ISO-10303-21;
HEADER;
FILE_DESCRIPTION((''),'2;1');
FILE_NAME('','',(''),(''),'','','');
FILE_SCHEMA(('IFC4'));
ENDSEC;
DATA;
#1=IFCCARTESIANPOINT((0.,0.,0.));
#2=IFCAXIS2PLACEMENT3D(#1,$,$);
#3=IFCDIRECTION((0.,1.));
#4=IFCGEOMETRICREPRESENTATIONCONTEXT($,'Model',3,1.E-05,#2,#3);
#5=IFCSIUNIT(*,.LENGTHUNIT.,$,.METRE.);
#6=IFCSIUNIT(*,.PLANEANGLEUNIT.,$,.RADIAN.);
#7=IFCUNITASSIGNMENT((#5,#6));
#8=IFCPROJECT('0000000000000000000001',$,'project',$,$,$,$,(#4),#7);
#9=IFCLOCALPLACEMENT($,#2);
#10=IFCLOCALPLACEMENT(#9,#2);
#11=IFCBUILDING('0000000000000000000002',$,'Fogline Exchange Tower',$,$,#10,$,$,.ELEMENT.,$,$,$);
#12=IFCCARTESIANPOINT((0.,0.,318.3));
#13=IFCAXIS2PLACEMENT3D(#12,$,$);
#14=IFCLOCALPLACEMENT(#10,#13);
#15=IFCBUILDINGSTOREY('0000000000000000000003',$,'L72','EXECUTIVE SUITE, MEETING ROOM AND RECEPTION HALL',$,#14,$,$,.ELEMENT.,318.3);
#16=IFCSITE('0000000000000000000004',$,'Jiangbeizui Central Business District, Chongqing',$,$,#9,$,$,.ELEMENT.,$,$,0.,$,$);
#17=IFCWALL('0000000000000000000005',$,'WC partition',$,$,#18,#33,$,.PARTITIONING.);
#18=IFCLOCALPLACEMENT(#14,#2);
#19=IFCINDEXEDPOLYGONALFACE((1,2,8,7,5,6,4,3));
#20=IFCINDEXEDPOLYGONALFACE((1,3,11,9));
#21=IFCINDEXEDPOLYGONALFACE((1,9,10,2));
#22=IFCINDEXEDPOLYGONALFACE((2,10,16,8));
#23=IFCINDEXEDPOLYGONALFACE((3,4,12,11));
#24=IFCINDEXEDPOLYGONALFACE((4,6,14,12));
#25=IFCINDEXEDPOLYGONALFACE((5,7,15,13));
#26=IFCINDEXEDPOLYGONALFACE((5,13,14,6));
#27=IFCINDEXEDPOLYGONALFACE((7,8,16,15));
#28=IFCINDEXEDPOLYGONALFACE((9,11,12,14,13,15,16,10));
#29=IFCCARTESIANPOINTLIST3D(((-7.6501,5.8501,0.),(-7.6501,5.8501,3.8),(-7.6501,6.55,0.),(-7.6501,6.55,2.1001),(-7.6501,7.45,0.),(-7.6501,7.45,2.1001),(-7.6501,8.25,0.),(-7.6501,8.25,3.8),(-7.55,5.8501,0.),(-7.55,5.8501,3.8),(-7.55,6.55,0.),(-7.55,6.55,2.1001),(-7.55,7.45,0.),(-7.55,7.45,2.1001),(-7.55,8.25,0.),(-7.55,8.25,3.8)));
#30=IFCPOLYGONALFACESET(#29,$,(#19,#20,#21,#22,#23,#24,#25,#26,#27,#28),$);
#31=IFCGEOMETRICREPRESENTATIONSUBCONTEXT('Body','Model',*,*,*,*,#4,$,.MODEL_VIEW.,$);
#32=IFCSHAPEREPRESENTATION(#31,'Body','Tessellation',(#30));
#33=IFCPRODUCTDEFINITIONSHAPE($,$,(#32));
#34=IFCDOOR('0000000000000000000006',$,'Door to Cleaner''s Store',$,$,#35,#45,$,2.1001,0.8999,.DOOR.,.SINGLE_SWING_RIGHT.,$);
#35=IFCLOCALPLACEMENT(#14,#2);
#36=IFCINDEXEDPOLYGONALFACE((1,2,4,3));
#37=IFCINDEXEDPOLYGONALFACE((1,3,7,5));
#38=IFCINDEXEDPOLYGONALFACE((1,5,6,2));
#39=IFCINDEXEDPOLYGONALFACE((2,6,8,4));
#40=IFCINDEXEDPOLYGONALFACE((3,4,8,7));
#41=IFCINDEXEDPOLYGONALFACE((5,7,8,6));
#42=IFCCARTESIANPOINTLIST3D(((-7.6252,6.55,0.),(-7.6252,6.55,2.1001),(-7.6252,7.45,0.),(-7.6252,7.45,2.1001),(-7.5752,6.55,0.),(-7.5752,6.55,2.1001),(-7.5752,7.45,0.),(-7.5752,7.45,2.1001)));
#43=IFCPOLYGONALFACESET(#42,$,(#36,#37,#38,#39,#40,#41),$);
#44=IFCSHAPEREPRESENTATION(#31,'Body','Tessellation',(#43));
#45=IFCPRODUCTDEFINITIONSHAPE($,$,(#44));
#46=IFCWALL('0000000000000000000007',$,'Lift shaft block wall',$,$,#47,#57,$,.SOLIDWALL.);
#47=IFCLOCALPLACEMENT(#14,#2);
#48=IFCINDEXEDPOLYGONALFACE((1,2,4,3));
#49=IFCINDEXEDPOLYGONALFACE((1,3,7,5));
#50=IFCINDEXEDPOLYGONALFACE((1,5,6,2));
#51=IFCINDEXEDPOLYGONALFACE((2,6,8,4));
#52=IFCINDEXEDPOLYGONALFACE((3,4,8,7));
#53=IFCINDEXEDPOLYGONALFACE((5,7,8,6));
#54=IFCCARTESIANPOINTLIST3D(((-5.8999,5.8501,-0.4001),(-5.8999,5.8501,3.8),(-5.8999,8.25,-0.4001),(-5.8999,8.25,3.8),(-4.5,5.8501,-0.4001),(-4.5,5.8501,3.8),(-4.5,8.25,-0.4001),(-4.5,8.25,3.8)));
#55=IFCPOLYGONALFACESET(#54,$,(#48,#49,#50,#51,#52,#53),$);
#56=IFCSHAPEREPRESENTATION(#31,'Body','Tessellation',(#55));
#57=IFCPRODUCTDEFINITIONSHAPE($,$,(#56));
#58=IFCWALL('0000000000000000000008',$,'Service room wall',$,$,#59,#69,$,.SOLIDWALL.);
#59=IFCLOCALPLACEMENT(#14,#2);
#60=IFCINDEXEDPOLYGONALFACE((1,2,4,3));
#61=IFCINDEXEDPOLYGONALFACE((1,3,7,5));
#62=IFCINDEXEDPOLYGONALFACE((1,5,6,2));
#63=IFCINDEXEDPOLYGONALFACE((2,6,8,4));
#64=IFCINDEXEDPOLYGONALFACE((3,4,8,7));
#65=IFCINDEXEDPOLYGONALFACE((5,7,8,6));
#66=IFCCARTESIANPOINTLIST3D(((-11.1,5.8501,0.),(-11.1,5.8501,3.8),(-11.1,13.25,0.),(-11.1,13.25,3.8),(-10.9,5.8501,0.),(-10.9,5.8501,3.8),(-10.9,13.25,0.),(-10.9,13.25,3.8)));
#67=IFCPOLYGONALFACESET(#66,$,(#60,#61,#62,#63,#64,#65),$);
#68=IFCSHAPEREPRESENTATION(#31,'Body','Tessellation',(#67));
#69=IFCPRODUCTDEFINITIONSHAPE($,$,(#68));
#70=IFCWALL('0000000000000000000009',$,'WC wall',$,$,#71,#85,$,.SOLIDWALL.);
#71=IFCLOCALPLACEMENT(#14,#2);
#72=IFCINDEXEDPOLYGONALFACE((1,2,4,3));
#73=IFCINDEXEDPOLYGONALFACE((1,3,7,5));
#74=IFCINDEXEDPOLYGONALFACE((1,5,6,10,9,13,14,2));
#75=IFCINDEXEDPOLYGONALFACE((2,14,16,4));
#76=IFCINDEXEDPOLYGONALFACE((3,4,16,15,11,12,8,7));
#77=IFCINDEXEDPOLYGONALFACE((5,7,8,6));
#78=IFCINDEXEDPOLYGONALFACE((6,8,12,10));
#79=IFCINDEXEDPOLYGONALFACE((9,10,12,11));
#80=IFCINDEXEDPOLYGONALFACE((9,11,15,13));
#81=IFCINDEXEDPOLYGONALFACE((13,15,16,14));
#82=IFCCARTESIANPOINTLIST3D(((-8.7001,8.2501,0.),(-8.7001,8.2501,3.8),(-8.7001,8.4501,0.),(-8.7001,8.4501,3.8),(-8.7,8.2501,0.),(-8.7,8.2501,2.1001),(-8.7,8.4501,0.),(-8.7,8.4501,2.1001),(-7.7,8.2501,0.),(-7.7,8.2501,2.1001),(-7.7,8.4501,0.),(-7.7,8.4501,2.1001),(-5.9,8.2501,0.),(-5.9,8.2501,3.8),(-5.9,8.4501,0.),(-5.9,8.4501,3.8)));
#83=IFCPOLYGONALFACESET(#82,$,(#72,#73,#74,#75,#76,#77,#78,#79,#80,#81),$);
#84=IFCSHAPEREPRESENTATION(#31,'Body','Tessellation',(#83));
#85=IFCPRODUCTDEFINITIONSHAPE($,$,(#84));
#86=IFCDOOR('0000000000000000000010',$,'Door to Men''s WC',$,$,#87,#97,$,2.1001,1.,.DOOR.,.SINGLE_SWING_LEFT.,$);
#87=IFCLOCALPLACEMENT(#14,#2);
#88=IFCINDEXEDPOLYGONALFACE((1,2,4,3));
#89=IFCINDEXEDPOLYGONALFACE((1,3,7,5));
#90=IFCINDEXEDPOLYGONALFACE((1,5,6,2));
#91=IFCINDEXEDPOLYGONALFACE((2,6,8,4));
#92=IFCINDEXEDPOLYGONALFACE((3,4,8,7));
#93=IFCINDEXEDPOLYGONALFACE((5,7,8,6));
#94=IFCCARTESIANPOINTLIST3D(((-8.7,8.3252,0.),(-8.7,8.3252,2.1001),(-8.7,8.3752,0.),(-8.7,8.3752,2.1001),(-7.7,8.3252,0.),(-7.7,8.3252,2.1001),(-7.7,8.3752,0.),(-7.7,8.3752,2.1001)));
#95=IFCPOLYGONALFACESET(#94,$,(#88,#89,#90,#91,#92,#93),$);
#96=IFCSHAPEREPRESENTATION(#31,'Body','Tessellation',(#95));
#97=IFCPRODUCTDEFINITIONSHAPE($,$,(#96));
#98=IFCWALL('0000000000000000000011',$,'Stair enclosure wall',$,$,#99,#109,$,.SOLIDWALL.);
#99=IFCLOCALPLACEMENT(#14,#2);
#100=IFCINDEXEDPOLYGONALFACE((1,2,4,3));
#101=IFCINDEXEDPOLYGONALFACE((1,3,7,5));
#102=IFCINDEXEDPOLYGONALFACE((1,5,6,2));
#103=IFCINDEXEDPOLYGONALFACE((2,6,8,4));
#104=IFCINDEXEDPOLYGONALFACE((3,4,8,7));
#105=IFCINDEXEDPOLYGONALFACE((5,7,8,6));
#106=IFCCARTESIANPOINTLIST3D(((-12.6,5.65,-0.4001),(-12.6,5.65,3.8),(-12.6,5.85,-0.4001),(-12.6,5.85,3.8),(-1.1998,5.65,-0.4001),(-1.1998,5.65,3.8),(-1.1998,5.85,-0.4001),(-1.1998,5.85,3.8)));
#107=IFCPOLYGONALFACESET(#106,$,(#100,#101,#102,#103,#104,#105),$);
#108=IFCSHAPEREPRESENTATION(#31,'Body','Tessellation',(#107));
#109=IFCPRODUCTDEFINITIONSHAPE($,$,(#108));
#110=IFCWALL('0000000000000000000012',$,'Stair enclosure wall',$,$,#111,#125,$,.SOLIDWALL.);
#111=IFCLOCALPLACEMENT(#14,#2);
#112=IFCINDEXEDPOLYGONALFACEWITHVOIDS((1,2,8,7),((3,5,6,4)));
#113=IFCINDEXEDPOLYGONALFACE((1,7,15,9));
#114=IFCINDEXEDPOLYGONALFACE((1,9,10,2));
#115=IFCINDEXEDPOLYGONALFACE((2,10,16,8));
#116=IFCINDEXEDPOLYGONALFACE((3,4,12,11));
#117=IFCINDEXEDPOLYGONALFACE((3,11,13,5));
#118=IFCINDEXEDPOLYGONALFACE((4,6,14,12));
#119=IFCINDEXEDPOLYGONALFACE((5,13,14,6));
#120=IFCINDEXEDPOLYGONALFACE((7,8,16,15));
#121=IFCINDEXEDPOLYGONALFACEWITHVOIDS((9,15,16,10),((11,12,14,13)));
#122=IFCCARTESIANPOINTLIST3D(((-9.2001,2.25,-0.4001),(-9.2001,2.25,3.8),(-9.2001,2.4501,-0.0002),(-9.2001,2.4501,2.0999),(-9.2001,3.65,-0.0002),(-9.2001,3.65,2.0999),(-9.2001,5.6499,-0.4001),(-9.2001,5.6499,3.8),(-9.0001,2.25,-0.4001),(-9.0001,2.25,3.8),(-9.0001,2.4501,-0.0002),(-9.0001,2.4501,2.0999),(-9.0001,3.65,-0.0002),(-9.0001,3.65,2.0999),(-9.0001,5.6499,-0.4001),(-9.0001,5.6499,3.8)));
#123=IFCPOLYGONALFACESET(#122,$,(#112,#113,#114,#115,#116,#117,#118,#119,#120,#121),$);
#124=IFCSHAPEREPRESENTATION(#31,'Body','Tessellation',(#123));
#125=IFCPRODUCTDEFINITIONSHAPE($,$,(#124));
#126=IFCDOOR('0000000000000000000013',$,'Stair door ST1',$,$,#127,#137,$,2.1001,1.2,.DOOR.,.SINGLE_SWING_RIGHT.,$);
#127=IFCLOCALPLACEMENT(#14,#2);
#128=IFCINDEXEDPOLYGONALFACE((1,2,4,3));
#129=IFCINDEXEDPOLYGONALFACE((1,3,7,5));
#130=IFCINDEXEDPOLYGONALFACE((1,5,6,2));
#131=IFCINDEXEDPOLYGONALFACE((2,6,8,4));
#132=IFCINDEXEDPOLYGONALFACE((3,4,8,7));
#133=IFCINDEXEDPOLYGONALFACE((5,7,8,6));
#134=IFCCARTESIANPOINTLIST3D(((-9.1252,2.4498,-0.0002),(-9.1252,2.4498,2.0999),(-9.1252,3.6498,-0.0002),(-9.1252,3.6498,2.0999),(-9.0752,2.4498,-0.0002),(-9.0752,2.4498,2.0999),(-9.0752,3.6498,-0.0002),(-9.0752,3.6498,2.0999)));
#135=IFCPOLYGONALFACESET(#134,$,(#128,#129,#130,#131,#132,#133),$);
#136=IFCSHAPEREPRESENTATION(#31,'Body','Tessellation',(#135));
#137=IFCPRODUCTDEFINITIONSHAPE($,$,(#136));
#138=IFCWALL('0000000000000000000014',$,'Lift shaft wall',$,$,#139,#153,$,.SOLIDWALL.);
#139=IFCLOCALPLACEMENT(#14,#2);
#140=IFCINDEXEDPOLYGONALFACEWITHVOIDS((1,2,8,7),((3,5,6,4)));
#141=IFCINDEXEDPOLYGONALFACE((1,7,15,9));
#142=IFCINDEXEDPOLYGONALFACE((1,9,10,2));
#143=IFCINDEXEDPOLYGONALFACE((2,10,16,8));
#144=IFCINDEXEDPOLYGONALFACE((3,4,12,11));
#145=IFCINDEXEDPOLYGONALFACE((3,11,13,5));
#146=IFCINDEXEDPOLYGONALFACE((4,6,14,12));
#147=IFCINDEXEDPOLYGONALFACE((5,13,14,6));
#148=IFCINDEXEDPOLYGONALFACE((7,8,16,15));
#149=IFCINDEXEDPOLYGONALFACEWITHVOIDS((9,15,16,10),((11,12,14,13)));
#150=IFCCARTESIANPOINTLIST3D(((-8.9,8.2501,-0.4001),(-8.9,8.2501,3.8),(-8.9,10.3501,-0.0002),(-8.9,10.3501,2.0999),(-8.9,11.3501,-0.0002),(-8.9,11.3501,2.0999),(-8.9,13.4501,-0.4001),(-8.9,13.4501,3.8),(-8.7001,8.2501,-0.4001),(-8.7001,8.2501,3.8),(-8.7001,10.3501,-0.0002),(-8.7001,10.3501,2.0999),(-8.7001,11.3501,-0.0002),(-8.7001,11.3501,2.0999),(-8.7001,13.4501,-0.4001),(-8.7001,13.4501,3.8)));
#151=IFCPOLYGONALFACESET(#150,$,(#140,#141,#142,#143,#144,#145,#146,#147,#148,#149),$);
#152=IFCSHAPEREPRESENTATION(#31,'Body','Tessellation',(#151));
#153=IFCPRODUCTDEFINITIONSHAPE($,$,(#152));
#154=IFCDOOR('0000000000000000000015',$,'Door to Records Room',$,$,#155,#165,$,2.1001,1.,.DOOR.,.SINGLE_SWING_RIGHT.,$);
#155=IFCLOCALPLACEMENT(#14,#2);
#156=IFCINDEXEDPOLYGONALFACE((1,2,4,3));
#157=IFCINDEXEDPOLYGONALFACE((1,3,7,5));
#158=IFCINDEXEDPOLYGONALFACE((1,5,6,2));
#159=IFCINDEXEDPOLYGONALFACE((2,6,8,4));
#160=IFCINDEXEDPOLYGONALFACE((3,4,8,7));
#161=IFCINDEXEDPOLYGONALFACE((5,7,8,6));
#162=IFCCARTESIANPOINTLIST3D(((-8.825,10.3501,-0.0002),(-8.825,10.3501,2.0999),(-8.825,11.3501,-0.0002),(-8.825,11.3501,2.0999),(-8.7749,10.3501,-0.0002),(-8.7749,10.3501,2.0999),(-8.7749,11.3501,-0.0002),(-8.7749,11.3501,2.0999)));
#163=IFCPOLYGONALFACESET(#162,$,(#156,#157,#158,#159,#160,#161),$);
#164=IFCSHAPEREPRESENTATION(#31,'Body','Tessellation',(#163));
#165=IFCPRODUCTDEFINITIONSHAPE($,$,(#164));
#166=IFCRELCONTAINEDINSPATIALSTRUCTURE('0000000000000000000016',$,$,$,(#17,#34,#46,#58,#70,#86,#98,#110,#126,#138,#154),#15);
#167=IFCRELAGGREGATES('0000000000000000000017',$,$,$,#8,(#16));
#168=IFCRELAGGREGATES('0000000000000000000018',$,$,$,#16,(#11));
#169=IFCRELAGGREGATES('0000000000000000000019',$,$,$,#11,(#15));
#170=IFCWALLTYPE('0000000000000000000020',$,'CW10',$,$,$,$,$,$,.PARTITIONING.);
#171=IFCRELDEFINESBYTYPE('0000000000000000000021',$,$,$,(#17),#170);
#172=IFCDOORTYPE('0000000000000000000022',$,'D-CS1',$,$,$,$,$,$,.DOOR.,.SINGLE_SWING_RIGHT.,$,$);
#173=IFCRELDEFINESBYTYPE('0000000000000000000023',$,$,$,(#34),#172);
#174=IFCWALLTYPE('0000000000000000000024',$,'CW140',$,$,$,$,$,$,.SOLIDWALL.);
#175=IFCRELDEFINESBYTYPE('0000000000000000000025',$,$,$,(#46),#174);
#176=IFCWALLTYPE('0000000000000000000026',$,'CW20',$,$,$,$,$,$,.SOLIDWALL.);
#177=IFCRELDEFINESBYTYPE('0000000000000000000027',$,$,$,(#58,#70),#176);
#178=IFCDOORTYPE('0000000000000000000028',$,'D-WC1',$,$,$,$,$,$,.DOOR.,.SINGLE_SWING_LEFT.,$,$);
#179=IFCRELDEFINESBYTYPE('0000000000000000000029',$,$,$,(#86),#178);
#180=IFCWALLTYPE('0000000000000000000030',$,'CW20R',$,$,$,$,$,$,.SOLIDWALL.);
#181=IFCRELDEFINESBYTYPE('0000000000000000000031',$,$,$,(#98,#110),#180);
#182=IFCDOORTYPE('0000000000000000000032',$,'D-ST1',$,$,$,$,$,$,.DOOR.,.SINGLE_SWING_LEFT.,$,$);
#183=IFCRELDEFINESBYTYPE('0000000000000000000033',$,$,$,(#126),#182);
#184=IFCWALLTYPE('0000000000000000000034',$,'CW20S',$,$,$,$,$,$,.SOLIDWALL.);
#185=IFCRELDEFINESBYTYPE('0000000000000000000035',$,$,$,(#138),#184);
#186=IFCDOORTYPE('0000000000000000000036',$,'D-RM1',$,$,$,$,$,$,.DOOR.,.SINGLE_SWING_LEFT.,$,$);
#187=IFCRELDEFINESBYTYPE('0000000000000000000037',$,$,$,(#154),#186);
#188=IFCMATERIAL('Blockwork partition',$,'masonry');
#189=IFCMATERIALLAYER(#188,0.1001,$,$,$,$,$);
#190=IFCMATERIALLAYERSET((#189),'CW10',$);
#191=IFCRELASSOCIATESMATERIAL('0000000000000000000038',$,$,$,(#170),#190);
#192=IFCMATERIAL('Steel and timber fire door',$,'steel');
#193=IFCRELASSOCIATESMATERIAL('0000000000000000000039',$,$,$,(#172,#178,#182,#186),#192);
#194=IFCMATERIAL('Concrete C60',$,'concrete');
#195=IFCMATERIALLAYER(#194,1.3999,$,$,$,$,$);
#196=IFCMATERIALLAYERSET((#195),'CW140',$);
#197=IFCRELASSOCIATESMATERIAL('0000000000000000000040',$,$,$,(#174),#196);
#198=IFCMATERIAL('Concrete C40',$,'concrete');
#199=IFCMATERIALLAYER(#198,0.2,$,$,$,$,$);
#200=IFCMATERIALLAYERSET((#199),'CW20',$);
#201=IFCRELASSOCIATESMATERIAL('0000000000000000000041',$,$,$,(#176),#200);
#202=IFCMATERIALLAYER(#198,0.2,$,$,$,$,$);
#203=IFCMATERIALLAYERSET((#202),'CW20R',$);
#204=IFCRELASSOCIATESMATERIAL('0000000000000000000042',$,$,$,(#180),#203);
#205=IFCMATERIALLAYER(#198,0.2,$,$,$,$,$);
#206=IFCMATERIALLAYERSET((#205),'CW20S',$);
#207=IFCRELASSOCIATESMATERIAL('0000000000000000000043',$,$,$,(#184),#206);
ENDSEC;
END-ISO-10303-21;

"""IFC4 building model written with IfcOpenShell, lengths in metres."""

from ifc_helpers import new_model, si_unit, direction, frame, frame_2d, origin, place, context, subcontext, project, spatial, rectangle, extrude, material, layer, layer_set, type_object, element, fill, save


model = new_model("IFC4")

# Units and contexts
model_context = context("Model", 3, precision=1e-05, world=origin(), true_north=direction((0.0, 1.0)))
body_context = subcontext(model_context, "Body", "Model", "MODEL_VIEW")
ifc_project = project(units=[si_unit("LENGTHUNIT", "METRE"), si_unit("PLANEANGLEUNIT", "RADIAN")], contexts=[model_context])

# Site, building, storey
site_placement = place(None, origin())
site = spatial("IfcSite", under=ifc_project, at=site_placement, Name="Jiangbeizui Central Business District, Chongqing", CompositionType="ELEMENT", RefElevation=0.0)
building_placement = place(site_placement, origin())
building = spatial("IfcBuilding", under=site, at=building_placement, Name="Fogline Exchange Tower", CompositionType="ELEMENT")
storey_placement = place(building_placement, frame((0.0, 0.0, 318.3)))
storey = spatial("IfcBuildingStorey", under=building, at=storey_placement, Name="L72", Description="EXECUTIVE SUITE, MEETING ROOM AND RECEPTION HALL", CompositionType="ELEMENT", Elevation=318.3)

# Wall, opening, door
ifc_material_1 = material(Name="Blockwork partition", Category="masonry")
ifc_layer_1 = layer(ifc_material_1, 0.1001)
ifc_layer_set_1 = layer_set([ifc_layer_1], Name="CW10")
wall_type_1 = type_object("IfcWallType", Name="CW10", PredefinedType="PARTITIONING", material=ifc_layer_set_1)
wall_1_placement = place(storey_placement, frame((-7.6001, 5.8501, 0.0), z_axis=(0.0, 0.0, 1.0), x_axis=(0.0, 1.0, 0.0)))
wall_1 = element("IfcWall", 1, at=wall_1_placement, inside=storey, type_object=wall_type_1, Name="WC partition", PredefinedType="PARTITIONING", context=body_context, shape_type="SweptSolid", body=[
    extrude(rectangle(XDim=2.3999, YDim=0.1001, at=frame_2d((1.2, 0.0))), origin(), (0.0, 0.0, 1.0), 3.8),
])
opening_1_placement = place(wall_1_placement, frame((0.7, 0.0, 0.0)))
opening_1 = element("IfcOpeningElement", 2, at=opening_1_placement, cuts=wall_1, PredefinedType="OPENING", context=body_context, shape_type="SweptSolid", body=[
    extrude(rectangle(XDim=0.8999, YDim=2.1001, at=frame_2d((0.45, 1.05))), frame((0.0, 0.0601, 0.0), z_axis=(0.0, -1.0, 0.0), x_axis=(1.0, 0.0, 0.0)), (0.0, 0.0, 1.0), 0.1201),
])
ifc_material_2 = material(Name="Steel and timber fire door", Category="steel")
door_type_1 = type_object("IfcDoorType", Name="D-CS1", OperationType="SINGLE_SWING_RIGHT", PredefinedType="DOOR", material=ifc_material_2)
door_1_placement = place(opening_1_placement, frame((0.8999, 0.0, 0.0), z_axis=(0.0, 0.0, 1.0), x_axis=(-1.0, 0.0, 0.0)))
door_1 = element("IfcDoor", 3, at=door_1_placement, inside=storey, type_object=door_type_1, Name="Door to Cleaner's Store", OperationType="SINGLE_SWING_RIGHT", OverallHeight=2.1001, OverallWidth=0.8999, PredefinedType="DOOR", context=body_context, shape_type="SweptSolid", body=[
    extrude(rectangle(XDim=0.8999, YDim=2.1001, at=frame_2d((0.45, 1.05))), frame((0.0, 0.0249, 0.0), z_axis=(0.0, -1.0, 0.0), x_axis=(1.0, 0.0, 0.0)), (0.0, 0.0, 1.0), 0.05),
])
fill(opening_1, door_1)

# Walls
ifc_material_3 = material(Name="Concrete C60", Category="concrete")
ifc_layer_2 = layer(ifc_material_3, 1.3999)
ifc_layer_set_2 = layer_set([ifc_layer_2], Name="CW140")
wall_type_2 = type_object("IfcWallType", Name="CW140", PredefinedType="SOLIDWALL", material=ifc_layer_set_2)
wall_2_placement = place(storey_placement, frame((-5.2, 5.8501, -0.4001), z_axis=(0.0, 0.0, 1.0), x_axis=(0.0, 1.0, 0.0)))
element("IfcWall", 4, at=wall_2_placement, inside=storey, type_object=wall_type_2, Name="Lift shaft block wall", PredefinedType="SOLIDWALL", context=body_context, shape_type="SweptSolid", body=[
    extrude(rectangle(XDim=2.3999, YDim=1.3999, at=frame_2d((1.2, 0.0))), origin(), (0.0, 0.0, 1.0), 4.2002),
])
ifc_material_4 = material(Name="Concrete C40", Category="concrete")
ifc_layer_3 = layer(ifc_material_4, 0.2)
ifc_layer_set_3 = layer_set([ifc_layer_3], Name="CW20")
wall_type_3 = type_object("IfcWallType", Name="CW20", PredefinedType="SOLIDWALL", material=ifc_layer_set_3)
wall_3_placement = place(storey_placement, frame((-11.0, 5.8501, 0.0), z_axis=(0.0, 0.0, 1.0), x_axis=(0.0, 1.0, 0.0)))
element("IfcWall", 5, at=wall_3_placement, inside=storey, type_object=wall_type_3, Name="Service room wall", PredefinedType="SOLIDWALL", context=body_context, shape_type="SweptSolid", body=[
    extrude(rectangle(XDim=7.3999, YDim=0.2, at=frame_2d((3.7, 0.0))), origin(), (0.0, 0.0, 1.0), 3.8),
])

# Wall, opening, door
wall_4_placement = place(storey_placement, frame((-8.7, 8.3501, 0.0), z_axis=(0.0, 0.0, 1.0), x_axis=(1.0, 0.0, 0.0)))
wall_4 = element("IfcWall", 6, at=wall_4_placement, inside=storey, type_object=wall_type_3, Name="WC wall", PredefinedType="SOLIDWALL", context=body_context, shape_type="SweptSolid", body=[
    extrude(rectangle(XDim=2.8, YDim=0.2, at=frame_2d((1.3999, 0.0))), origin(), (0.0, 0.0, 1.0), 3.8),
])
opening_2_placement = place(wall_4_placement, origin())
opening_2 = element("IfcOpeningElement", 7, at=opening_2_placement, cuts=wall_4, PredefinedType="OPENING", context=body_context, shape_type="SweptSolid", body=[
    extrude(rectangle(XDim=1.0, YDim=2.1001, at=frame_2d((0.5, 1.05))), frame((0.0, 0.1099, 0.0), z_axis=(0.0, -1.0, 0.0), x_axis=(1.0, 0.0, 0.0)), (0.0, 0.0, 1.0), 0.22),
])
door_type_2 = type_object("IfcDoorType", Name="D-WC1", OperationType="SINGLE_SWING_LEFT", PredefinedType="DOOR", material=ifc_material_2)
door_2_placement = place(opening_2_placement, frame((1.0, 0.0, 0.0), z_axis=(0.0, 0.0, 1.0), x_axis=(-1.0, 0.0, 0.0)))
door_2 = element("IfcDoor", 8, at=door_2_placement, inside=storey, type_object=door_type_2, Name="Door to Men's WC", OperationType="SINGLE_SWING_LEFT", OverallHeight=2.1001, OverallWidth=1.0, PredefinedType="DOOR", context=body_context, shape_type="SweptSolid", body=[
    extrude(rectangle(XDim=1.0, YDim=2.1001, at=frame_2d((0.5, 1.05))), frame((0.0, 0.0249, 0.0), z_axis=(0.0, -1.0, 0.0), x_axis=(1.0, 0.0, 0.0)), (0.0, 0.0, 1.0), 0.05),
])
fill(opening_2, door_2)

# Wall
ifc_layer_4 = layer(ifc_material_4, 0.2)
ifc_layer_set_4 = layer_set([ifc_layer_4], Name="CW20R")
wall_type_4 = type_object("IfcWallType", Name="CW20R", PredefinedType="SOLIDWALL", material=ifc_layer_set_4)
wall_5_placement = place(storey_placement, frame((-12.6001, 5.75, -0.4001), z_axis=(0.0, 0.0, 1.0), x_axis=(1.0, 0.0, 0.0)))
element("IfcWall", 9, at=wall_5_placement, inside=storey, type_object=wall_type_4, Name="Stair enclosure wall", PredefinedType="SOLIDWALL", context=body_context, shape_type="SweptSolid", body=[
    extrude(rectangle(XDim=11.4001, YDim=0.2, at=frame_2d((5.7002, 0.0))), origin(), (0.0, 0.0, 1.0), 4.2002),
])

# Walls, openings, doors
wall_6_placement = place(storey_placement, frame((-9.1001, 2.25, -0.4001), z_axis=(0.0, 0.0, 1.0), x_axis=(0.0, 1.0, 0.0)))
wall_6 = element("IfcWall", 10, at=wall_6_placement, inside=storey, type_object=wall_type_4, Name="Stair enclosure wall", PredefinedType="SOLIDWALL", context=body_context, shape_type="SweptSolid", body=[
    extrude(rectangle(XDim=3.3999, YDim=0.2, at=frame_2d((1.7, 0.0))), origin(), (0.0, 0.0, 1.0), 4.2002),
])
opening_3_placement = place(wall_6_placement, frame((0.2, 0.0, 0.3999)))
opening_3 = element("IfcOpeningElement", 11, at=opening_3_placement, cuts=wall_6, PredefinedType="OPENING", context=body_context, shape_type="SweptSolid", body=[
    extrude(rectangle(XDim=1.2, YDim=2.1001, at=frame_2d((0.6001, 1.05))), frame((0.0, 0.1099, 0.0), z_axis=(0.0, -1.0, 0.0), x_axis=(1.0, 0.0, 0.0)), (0.0, 0.0, 1.0), 0.22),
])
door_type_3 = type_object("IfcDoorType", Name="D-ST1", OperationType="SINGLE_SWING_LEFT", PredefinedType="DOOR", material=ifc_material_2)
door_3_placement = place(opening_3_placement, frame((1.2, 0.0, 0.0), z_axis=(0.0, 0.0, 1.0), x_axis=(-1.0, 0.0, 0.0)))
door_3 = element("IfcDoor", 12, at=door_3_placement, inside=storey, type_object=door_type_3, Name="Stair door ST1", OperationType="SINGLE_SWING_RIGHT", OverallHeight=2.1001, OverallWidth=1.2, PredefinedType="DOOR", context=body_context, shape_type="SweptSolid", body=[
    extrude(rectangle(XDim=1.2, YDim=2.1001, at=frame_2d((0.6001, 1.05))), frame((0.0, 0.0249, 0.0), z_axis=(0.0, -1.0, 0.0), x_axis=(1.0, 0.0, 0.0)), (0.0, 0.0, 1.0), 0.05),
])
fill(opening_3, door_3)
ifc_layer_5 = layer(ifc_material_4, 0.2)
ifc_layer_set_5 = layer_set([ifc_layer_5], Name="CW20S")
wall_type_5 = type_object("IfcWallType", Name="CW20S", PredefinedType="SOLIDWALL", material=ifc_layer_set_5)
wall_7_placement = place(storey_placement, frame((-8.8, 8.25, -0.4001), z_axis=(0.0, 0.0, 1.0), x_axis=(0.0, 1.0, 0.0)))
wall_7 = element("IfcWall", 13, at=wall_7_placement, inside=storey, type_object=wall_type_5, Name="Lift shaft wall", PredefinedType="SOLIDWALL", context=body_context, shape_type="SweptSolid", body=[
    extrude(rectangle(XDim=5.2, YDim=0.2, at=frame_2d((2.6001, 0.0))), origin(), (0.0, 0.0, 1.0), 4.2002),
])
opening_4_placement = place(wall_7_placement, frame((2.1001, 0.0, 0.3999)))
opening_4 = element("IfcOpeningElement", 14, at=opening_4_placement, cuts=wall_7, PredefinedType="OPENING", context=body_context, shape_type="SweptSolid", body=[
    extrude(rectangle(XDim=1.0, YDim=2.1001, at=frame_2d((0.5, 1.05))), frame((0.0, 0.1099, 0.0), z_axis=(0.0, -1.0, 0.0), x_axis=(1.0, 0.0, 0.0)), (0.0, 0.0, 1.0), 0.22),
])
door_type_4 = type_object("IfcDoorType", Name="D-RM1", OperationType="SINGLE_SWING_LEFT", PredefinedType="DOOR", material=ifc_material_2)
door_4_placement = place(opening_4_placement, origin())
door_4 = element("IfcDoor", 15, at=door_4_placement, inside=storey, type_object=door_type_4, Name="Door to Records Room", OperationType="SINGLE_SWING_RIGHT", OverallHeight=2.1001, OverallWidth=1.0, PredefinedType="DOOR", context=body_context, shape_type="SweptSolid", body=[
    extrude(rectangle(XDim=1.0, YDim=2.1001, at=frame_2d((0.5, 1.05))), frame((0.0, 0.0249, 0.0), z_axis=(0.0, -1.0, 0.0), x_axis=(1.0, 0.0, 0.0)), (0.0, 0.0, 1.0), 0.05),
])
fill(opening_4, door_4)

save(model, "model.ifc")
